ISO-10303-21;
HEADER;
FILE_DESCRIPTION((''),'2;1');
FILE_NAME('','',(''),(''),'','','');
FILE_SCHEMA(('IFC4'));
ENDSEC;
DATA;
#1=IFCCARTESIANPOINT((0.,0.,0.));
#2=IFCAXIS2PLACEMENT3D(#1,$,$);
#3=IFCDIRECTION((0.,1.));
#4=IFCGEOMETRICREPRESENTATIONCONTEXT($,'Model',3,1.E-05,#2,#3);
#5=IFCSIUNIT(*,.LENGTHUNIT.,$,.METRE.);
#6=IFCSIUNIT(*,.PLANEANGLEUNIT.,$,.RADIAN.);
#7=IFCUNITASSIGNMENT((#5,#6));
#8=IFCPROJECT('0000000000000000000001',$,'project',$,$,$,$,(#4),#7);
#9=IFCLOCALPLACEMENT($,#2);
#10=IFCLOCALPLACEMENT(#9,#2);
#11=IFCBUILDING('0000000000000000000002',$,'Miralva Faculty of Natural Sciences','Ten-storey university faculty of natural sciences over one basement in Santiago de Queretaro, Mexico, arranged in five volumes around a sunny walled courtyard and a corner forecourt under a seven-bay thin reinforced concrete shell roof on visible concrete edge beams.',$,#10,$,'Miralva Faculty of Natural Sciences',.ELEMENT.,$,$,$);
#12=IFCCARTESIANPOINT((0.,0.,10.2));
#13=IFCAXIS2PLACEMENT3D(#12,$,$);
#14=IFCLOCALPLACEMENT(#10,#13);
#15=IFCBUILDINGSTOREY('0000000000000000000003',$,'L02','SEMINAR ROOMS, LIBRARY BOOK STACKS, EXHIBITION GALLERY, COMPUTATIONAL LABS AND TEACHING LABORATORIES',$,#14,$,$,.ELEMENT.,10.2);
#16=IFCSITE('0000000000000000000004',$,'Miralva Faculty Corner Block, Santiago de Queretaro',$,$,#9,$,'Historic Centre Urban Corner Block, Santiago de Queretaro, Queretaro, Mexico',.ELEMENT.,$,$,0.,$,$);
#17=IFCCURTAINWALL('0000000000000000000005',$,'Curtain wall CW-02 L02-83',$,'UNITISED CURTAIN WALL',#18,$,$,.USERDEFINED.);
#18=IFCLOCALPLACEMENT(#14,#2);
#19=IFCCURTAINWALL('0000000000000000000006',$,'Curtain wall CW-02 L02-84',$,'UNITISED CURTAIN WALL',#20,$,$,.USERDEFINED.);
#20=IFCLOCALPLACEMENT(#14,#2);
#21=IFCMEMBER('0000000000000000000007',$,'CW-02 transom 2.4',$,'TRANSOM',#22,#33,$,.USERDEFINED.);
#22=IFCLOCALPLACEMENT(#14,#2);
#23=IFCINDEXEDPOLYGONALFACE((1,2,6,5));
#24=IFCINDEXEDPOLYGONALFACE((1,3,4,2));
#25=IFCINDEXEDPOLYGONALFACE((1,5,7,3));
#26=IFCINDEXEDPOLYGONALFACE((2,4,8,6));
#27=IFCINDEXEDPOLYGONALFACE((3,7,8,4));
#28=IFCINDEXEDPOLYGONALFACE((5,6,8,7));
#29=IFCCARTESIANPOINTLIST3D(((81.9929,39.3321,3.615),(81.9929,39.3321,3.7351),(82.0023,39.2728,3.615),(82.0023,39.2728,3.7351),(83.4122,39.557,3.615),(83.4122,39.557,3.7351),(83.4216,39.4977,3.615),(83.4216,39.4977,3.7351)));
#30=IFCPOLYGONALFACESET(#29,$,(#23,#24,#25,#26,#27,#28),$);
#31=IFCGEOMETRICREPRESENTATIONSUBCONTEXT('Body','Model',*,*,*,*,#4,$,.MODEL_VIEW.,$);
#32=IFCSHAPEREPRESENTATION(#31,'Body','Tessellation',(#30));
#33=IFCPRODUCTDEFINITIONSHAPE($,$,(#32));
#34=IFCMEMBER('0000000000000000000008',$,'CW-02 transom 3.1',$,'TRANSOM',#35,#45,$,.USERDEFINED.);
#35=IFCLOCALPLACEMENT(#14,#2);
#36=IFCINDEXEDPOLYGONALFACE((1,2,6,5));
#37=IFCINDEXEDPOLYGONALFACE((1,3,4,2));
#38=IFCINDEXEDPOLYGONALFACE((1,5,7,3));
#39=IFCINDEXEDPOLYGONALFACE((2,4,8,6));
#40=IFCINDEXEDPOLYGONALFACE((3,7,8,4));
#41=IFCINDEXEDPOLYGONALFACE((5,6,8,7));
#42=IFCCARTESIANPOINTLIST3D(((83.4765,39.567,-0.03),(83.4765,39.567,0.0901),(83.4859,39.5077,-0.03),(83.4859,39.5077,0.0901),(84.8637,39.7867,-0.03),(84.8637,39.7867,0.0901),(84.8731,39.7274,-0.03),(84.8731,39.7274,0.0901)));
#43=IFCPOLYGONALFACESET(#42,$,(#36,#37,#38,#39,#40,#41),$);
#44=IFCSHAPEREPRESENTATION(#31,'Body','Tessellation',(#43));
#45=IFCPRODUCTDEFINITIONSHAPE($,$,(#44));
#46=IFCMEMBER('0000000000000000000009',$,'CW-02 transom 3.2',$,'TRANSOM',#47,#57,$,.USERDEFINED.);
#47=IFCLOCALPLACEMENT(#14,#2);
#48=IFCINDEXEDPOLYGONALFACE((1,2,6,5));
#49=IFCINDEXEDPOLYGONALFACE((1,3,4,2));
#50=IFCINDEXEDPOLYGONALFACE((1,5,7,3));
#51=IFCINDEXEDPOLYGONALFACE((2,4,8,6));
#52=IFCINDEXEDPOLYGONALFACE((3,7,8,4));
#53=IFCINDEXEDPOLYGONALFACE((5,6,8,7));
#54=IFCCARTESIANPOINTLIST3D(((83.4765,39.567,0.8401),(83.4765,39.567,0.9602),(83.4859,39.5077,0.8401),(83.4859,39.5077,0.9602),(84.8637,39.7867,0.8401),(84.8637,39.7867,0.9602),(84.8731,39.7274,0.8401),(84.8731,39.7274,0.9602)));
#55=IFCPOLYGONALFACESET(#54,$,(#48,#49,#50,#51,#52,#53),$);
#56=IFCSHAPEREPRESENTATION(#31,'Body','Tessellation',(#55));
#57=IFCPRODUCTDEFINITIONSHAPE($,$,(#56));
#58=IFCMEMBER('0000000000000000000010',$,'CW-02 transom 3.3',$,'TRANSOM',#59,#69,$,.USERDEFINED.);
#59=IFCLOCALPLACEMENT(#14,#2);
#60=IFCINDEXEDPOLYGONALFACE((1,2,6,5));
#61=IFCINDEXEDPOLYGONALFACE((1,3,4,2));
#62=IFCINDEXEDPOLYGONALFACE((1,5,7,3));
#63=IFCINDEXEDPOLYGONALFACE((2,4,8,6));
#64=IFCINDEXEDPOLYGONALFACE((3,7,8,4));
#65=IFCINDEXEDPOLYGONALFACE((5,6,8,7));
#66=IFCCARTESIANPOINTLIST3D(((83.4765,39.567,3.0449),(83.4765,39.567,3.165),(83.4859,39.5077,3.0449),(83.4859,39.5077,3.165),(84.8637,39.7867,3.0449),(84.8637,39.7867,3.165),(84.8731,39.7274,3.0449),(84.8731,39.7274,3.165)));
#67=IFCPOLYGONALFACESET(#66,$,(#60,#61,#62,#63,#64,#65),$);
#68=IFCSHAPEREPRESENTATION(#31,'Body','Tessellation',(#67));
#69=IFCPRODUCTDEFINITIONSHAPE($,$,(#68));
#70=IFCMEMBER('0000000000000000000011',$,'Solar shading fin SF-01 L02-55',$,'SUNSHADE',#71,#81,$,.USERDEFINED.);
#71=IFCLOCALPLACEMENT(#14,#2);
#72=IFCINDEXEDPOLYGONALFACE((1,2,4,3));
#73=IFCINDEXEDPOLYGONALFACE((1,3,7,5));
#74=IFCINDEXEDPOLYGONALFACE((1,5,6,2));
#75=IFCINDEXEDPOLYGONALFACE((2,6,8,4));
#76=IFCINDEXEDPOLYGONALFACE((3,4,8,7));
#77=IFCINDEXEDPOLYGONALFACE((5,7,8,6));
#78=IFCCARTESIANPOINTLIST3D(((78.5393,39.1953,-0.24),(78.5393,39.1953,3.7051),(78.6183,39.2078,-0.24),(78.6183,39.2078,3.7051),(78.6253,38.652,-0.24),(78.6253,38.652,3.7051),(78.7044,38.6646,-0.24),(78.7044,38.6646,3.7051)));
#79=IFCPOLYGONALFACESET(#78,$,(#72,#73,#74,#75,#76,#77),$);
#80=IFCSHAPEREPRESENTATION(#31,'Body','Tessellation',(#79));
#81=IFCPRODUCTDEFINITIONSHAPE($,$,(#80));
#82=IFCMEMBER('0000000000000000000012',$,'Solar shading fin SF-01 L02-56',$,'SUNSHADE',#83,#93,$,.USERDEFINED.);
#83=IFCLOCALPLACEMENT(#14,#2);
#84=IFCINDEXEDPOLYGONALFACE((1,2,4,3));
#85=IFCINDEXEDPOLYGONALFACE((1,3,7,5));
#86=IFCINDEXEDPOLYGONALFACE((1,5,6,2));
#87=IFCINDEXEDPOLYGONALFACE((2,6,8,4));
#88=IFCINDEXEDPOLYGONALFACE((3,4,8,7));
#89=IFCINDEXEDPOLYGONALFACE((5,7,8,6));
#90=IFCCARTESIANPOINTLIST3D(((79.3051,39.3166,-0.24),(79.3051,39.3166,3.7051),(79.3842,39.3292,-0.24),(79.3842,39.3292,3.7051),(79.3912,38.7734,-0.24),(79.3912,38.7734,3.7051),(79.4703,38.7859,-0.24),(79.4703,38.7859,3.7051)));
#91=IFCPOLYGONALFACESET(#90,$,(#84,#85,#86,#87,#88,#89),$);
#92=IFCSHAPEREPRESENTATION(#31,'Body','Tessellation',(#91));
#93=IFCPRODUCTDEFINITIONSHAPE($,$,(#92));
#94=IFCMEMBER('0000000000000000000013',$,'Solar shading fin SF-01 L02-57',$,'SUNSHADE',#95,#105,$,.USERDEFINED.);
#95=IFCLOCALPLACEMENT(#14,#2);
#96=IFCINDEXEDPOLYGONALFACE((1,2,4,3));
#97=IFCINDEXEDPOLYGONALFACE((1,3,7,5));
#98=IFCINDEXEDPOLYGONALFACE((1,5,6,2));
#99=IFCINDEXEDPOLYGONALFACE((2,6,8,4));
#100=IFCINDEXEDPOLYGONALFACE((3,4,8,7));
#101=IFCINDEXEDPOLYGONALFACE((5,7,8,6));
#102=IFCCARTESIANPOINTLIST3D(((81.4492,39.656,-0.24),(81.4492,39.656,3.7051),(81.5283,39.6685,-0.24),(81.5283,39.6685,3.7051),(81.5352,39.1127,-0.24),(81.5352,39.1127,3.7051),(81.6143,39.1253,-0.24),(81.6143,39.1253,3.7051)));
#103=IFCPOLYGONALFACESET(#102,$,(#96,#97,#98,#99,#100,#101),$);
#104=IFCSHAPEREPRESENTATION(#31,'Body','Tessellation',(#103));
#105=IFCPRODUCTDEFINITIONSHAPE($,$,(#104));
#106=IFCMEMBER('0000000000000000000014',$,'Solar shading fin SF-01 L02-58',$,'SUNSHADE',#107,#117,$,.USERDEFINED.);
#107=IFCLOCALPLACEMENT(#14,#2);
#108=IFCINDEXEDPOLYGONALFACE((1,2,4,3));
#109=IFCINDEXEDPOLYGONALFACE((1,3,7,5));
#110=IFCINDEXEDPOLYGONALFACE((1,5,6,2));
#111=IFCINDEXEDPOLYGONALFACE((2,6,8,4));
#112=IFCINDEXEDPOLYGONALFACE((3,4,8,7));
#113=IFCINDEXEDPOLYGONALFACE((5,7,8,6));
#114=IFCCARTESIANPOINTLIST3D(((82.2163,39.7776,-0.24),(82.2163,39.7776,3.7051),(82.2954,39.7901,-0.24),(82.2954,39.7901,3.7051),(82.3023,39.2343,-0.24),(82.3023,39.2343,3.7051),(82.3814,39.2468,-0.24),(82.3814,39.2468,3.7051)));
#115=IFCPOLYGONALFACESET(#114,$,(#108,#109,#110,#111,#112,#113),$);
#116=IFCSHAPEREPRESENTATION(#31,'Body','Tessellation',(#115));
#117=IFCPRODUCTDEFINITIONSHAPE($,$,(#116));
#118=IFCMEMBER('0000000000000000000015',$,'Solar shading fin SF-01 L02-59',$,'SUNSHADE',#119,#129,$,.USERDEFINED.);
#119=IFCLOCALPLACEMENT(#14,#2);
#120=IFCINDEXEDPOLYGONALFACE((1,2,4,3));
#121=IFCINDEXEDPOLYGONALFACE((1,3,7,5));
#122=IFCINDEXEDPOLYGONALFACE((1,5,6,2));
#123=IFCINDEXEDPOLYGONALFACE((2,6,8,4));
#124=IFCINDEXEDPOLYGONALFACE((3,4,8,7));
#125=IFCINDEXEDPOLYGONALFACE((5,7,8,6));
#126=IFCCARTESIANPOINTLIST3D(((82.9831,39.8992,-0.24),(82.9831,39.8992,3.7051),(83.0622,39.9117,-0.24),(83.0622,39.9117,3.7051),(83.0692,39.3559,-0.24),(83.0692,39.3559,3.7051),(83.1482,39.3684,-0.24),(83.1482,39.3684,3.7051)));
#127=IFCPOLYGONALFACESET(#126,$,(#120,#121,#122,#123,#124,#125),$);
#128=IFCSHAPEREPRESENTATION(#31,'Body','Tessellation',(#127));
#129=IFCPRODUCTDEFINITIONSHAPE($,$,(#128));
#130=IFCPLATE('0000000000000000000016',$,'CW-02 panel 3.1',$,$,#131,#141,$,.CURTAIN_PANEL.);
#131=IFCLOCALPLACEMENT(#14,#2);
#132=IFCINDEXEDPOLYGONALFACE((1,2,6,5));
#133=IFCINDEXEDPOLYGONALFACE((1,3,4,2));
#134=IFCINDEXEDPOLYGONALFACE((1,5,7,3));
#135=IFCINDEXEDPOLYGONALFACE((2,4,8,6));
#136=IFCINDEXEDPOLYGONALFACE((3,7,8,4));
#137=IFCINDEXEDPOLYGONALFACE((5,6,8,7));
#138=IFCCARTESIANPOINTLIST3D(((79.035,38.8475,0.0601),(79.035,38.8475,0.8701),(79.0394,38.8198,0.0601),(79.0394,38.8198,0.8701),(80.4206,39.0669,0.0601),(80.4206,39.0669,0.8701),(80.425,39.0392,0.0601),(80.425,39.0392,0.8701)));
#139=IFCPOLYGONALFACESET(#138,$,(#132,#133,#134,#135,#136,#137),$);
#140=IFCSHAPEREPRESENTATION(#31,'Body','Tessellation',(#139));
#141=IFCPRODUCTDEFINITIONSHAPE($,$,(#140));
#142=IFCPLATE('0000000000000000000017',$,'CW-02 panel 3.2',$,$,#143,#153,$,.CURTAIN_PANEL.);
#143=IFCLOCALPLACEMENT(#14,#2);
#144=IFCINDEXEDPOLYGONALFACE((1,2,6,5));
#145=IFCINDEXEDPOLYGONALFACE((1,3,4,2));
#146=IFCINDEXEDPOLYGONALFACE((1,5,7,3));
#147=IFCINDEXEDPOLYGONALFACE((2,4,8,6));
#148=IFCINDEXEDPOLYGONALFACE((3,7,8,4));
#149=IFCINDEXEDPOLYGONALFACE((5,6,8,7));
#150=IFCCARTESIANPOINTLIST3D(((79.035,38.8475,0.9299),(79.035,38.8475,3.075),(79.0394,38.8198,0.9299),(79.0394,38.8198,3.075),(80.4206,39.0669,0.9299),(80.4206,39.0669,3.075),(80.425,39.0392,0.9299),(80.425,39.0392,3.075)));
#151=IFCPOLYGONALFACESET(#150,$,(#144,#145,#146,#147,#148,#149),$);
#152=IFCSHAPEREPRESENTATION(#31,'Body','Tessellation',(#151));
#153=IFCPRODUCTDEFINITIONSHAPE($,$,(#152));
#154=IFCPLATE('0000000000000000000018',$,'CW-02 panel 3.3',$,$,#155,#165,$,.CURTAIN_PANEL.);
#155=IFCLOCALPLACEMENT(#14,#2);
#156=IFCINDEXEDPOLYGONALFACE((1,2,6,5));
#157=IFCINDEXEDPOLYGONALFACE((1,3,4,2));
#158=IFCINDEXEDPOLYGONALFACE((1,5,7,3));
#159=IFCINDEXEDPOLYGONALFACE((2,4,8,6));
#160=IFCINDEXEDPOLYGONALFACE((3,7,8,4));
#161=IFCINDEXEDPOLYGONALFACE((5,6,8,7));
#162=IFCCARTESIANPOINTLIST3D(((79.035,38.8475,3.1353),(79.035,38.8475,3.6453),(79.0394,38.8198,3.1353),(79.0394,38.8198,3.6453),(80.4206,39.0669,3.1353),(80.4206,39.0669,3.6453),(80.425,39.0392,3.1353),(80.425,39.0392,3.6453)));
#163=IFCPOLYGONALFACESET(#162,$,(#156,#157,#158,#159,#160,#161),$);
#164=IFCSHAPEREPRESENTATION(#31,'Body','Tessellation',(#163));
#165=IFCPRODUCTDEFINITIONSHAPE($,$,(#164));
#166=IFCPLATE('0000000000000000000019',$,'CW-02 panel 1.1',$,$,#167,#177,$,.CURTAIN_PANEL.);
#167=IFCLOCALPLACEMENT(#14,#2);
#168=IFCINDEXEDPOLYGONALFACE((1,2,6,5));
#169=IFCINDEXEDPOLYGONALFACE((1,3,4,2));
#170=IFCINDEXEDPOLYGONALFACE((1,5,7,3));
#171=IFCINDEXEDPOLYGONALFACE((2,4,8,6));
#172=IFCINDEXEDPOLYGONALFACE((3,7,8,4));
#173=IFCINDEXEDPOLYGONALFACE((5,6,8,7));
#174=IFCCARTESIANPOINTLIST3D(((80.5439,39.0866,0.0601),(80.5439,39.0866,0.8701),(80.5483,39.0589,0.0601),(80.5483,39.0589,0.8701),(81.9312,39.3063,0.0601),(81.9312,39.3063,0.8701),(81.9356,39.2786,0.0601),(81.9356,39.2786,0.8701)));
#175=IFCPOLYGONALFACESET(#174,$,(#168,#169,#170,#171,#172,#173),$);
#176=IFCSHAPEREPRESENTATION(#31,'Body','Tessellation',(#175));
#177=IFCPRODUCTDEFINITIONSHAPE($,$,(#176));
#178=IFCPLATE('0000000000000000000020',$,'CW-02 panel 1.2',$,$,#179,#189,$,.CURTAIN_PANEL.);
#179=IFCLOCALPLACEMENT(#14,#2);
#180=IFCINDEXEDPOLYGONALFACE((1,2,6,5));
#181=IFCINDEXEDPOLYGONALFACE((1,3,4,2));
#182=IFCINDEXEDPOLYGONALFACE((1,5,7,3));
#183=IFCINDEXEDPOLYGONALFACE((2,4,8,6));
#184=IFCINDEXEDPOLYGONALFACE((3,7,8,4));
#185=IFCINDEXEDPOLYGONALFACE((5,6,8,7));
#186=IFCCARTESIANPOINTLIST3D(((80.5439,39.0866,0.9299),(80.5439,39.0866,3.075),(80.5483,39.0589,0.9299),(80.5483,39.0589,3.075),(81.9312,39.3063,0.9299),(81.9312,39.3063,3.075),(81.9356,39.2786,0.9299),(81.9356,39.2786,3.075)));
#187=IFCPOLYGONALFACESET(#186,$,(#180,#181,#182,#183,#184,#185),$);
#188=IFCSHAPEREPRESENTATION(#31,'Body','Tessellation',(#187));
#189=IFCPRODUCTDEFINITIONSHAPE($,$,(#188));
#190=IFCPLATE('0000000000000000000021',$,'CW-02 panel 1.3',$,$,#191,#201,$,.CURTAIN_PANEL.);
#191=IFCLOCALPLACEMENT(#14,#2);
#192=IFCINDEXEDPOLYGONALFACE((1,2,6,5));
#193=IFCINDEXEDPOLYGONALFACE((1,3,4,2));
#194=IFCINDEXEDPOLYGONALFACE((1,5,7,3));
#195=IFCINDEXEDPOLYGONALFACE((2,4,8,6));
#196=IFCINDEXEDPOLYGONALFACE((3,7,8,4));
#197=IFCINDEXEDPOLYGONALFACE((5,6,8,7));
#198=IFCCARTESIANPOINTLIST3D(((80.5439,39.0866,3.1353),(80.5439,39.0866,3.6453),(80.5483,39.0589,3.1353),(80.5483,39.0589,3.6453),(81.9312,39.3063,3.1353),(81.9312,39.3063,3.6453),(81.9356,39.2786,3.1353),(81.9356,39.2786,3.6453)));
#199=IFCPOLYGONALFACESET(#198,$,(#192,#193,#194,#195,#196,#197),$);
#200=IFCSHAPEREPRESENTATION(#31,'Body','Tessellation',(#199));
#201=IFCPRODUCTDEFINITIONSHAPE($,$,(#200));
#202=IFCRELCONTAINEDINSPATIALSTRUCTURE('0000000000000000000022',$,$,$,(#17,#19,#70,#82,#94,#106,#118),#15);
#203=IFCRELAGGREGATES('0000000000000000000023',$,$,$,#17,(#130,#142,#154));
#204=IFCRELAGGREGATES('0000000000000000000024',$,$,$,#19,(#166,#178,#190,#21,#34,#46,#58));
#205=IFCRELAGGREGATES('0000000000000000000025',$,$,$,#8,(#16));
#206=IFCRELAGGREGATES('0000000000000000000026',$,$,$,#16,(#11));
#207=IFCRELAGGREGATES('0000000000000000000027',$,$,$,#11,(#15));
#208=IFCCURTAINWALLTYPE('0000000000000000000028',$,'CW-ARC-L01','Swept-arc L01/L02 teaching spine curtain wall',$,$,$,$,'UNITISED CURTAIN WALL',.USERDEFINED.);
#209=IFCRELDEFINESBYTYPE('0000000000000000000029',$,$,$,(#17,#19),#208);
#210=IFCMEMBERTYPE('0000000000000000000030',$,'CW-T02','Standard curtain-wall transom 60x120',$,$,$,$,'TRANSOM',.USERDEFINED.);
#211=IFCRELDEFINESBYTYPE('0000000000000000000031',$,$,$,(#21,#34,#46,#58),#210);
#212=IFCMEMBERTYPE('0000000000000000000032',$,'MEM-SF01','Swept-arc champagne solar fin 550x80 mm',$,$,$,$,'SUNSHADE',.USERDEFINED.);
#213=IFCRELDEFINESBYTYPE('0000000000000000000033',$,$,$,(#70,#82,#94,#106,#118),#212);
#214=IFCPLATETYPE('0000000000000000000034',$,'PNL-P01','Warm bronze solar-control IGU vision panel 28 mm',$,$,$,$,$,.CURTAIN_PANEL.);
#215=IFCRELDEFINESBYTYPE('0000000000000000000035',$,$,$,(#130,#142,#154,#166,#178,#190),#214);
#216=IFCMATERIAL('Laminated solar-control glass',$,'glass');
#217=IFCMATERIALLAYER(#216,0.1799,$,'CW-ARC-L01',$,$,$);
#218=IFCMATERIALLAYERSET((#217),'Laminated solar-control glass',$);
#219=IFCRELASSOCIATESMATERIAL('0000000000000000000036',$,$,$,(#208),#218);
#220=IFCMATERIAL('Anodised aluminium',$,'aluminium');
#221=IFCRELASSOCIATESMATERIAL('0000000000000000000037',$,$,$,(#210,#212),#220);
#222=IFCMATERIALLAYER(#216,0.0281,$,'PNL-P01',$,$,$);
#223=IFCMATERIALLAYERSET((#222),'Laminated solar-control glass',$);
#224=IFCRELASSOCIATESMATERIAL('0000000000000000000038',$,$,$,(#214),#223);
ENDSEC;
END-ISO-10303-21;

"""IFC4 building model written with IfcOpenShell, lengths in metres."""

from ifc_helpers import new_model, si_unit, direction, frame, origin, origin_2d, place, context, subcontext, project, spatial, rectangle, extrude, material, layer, layer_set, material_profile, profile_set, type_object, element, aggregate, save


model = new_model("IFC4")

# Units and contexts
model_context = context("Model", 3, precision=1e-05, world=origin(), true_north=direction((0.0, 1.0)))
body_context = subcontext(model_context, "Body", "Model", "MODEL_VIEW")
ifc_project = project(units=[si_unit("LENGTHUNIT", "METRE"), si_unit("PLANEANGLEUNIT", "RADIAN")], contexts=[model_context])

# Site, building, storey
site_placement = place(None, origin())
site = spatial("IfcSite", under=ifc_project, at=site_placement, Name="Miralva Faculty Corner Block, Santiago de Queretaro", LongName="Historic Centre Urban Corner Block, Santiago de Queretaro, Queretaro, Mexico", CompositionType="ELEMENT", RefElevation=0.0)
building_placement = place(site_placement, origin())
building = spatial("IfcBuilding", under=site, at=building_placement, Name="Miralva Faculty of Natural Sciences", Description="Ten-storey university faculty of natural sciences over one basement in Santiago de Queretaro, Mexico, arranged in five volumes around a sunny walled courtyard and a corner forecourt under a seven-bay thin reinforced concrete shell roof on visible concrete edge beams.", LongName="Miralva Faculty of Natural Sciences", CompositionType="ELEMENT")
storey_placement = place(building_placement, frame((0.0, 0.0, 10.2)))
storey = spatial("IfcBuildingStorey", under=building, at=storey_placement, Name="L02", Description="SEMINAR ROOMS, LIBRARY BOOK STACKS, EXHIBITION GALLERY, COMPUTATIONAL LABS AND TEACHING LABORATORIES", CompositionType="ELEMENT", Elevation=10.2)

# Curtain wall
ifc_material_1 = material(Name="Laminated solar-control glass", Category="glass")
ifc_layer_1 = layer(ifc_material_1, 0.1799, Name="CW-ARC-L01")
ifc_layer_set_1 = layer_set([ifc_layer_1], Name="Laminated solar-control glass")
curtain_wall_type = type_object("IfcCurtainWallType", Name="CW-ARC-L01", Description="Swept-arc L01/L02 teaching spine curtain wall", ElementType="UNITISED CURTAIN WALL", PredefinedType="USERDEFINED", material=ifc_layer_set_1)
curtain_wall_1_placement = place(storey_placement, origin())
curtain_wall_1 = element("IfcCurtainWall", 1, at=curtain_wall_1_placement, inside=storey, type_object=curtain_wall_type, Name="Curtain wall CW-02 L02-83", ObjectType="UNITISED CURTAIN WALL", PredefinedType="USERDEFINED")
ifc_material_2 = material(Name="Anodised aluminium", Category="aluminium")

# Curtain wall
curtain_wall_2_placement = place(storey_placement, origin())
curtain_wall_2 = element("IfcCurtainWall", 2, at=curtain_wall_2_placement, inside=storey, type_object=curtain_wall_type, Name="Curtain wall CW-02 L02-84", ObjectType="UNITISED CURTAIN WALL", PredefinedType="USERDEFINED")

# Members
ifc_material_profile_1 = material_profile(ifc_material_2, rectangle(XDim=0.0601, YDim=0.1201, at=origin_2d()), Name="TRANSOM 60x120")
ifc_profile_set_1 = profile_set([ifc_material_profile_1], Name="Anodised aluminium")
member_type_1 = type_object("IfcMemberType", Name="CW-T02", Description="Standard curtain-wall transom 60x120", ElementType="TRANSOM", PredefinedType="USERDEFINED", material=ifc_profile_set_1)
member_1_placement = place(storey_placement, frame((81.9976, 39.3025, 3.675), z_axis=(0.987684, 0.15646, 0.0), x_axis=(-0.15646, 0.987684, 0.0)))
member_1 = element("IfcMember", 3, at=member_1_placement, type_object=member_type_1, Name="CW-02 transom 2.4", ObjectType="TRANSOM", PredefinedType="USERDEFINED", context=body_context, shape_type="SweptSolid", body=[
    extrude(rectangle(XDim=0.0601, YDim=0.1201, at=origin_2d()), origin(), (0.0, 0.0, 1.0), 1.437),
])
member_2_placement = place(storey_placement, frame((83.4812, 39.5374, 0.03), z_axis=(0.987687, 0.156445, 0.0), x_axis=(-0.156445, 0.987687, 0.0)))
member_2 = element("IfcMember", 4, at=member_2_placement, type_object=member_type_1, Name="CW-02 transom 3.1", ObjectType="TRANSOM", PredefinedType="USERDEFINED", context=body_context, shape_type="SweptSolid", body=[
    extrude(rectangle(XDim=0.0601, YDim=0.1201, at=origin_2d()), origin(), (0.0, 0.0, 1.0), 1.4045),
])
member_3_placement = place(storey_placement, frame((83.4812, 39.5374, 0.9001), z_axis=(0.987687, 0.156445, 0.0), x_axis=(-0.156445, 0.987687, 0.0)))
member_3 = element("IfcMember", 5, at=member_3_placement, type_object=member_type_1, Name="CW-02 transom 3.2", ObjectType="TRANSOM", PredefinedType="USERDEFINED", context=body_context, shape_type="SweptSolid", body=[
    extrude(rectangle(XDim=0.0601, YDim=0.1201, at=origin_2d()), origin(), (0.0, 0.0, 1.0), 1.4045),
])
member_4_placement = place(storey_placement, frame((83.4812, 39.5374, 3.105), z_axis=(0.987687, 0.156445, 0.0), x_axis=(-0.156445, 0.987687, 0.0)))
member_4 = element("IfcMember", 6, at=member_4_placement, type_object=member_type_1, Name="CW-02 transom 3.3", ObjectType="TRANSOM", PredefinedType="USERDEFINED", context=body_context, shape_type="SweptSolid", body=[
    extrude(rectangle(XDim=0.0601, YDim=0.1201, at=origin_2d()), origin(), (0.0, 0.0, 1.0), 1.4045),
])

# Members
ifc_material_profile_2 = material_profile(ifc_material_2, rectangle(XDim=0.0801, YDim=0.55, at=origin_2d()), Name="FIN 550x80")
ifc_profile_set_2 = profile_set([ifc_material_profile_2], Name="Anodised aluminium")
member_type_2 = type_object("IfcMemberType", Name="MEM-SF01", Description="Swept-arc champagne solar fin 550x80 mm", ElementType="SUNSHADE", PredefinedType="USERDEFINED", material=ifc_profile_set_2)
for number, where, z_axis, x_axis, name in (
    (7, (78.6218, 38.9299, -0.24), (0.0, 0.0, 1.0), (-0.987688, -0.156434, 0.0), "Solar shading fin SF-01 L02-55"),
    (8, (79.3877, 39.0513, -0.24), (0.0, 0.0, 1.0), (-0.987688, -0.156434, 0.0), "Solar shading fin SF-01 L02-56"),
    (9, (81.5317, 39.3906, -0.24), (0.0, 0.0, 1.0), (-0.987688, -0.156434, 0.0), "Solar shading fin SF-01 L02-57"),
    (10, (82.2988, 39.5122, -0.24), (0.0, 0.0, 1.0), (-0.987688, -0.156434, 0.0), "Solar shading fin SF-01 L02-58"),
    (11, (83.0657, 39.6338, -0.24), (0.0, 0.0, 1.0), (-0.987688, -0.156434, 0.0), "Solar shading fin SF-01 L02-59"),
):
    element("IfcMember", number, at=place(storey_placement, frame(where, z_axis=z_axis, x_axis=x_axis)), inside=storey, type_object=member_type_2, Name=name, ObjectType="SUNSHADE", PredefinedType="USERDEFINED", context=body_context, shape_type="SweptSolid", body=[
        extrude(rectangle(XDim=0.0801, YDim=0.55, at=origin_2d()), origin(), (0.0, 0.0, 1.0), 3.9451),
    ])

# Plates
ifc_layer_2 = layer(ifc_material_1, 0.0281, Name="PNL-P01")
ifc_layer_set_2 = layer_set([ifc_layer_2], Name="Laminated solar-control glass")
plate_type = type_object("IfcPlateType", Name="PNL-P01", Description="Warm bronze solar-control IGU vision panel 28 mm", PredefinedType="CURTAIN_PANEL", material=ifc_layer_set_2)
plate_1_placement = place(storey_placement, frame((79.73, 38.9434, 0.0601), z_axis=(0.0, 0.0, 1.0), x_axis=(0.987689, 0.156431, 0.0)))
plate_1 = element("IfcPlate", 12, at=plate_1_placement, type_object=plate_type, Name="CW-02 panel 3.1", PredefinedType="CURTAIN_PANEL", context=body_context, shape_type="SweptSolid", body=[
    extrude(rectangle(XDim=1.4028, YDim=0.0281, at=origin_2d()), origin(), (0.0, 0.0, 1.0), 0.8101),
])
plate_2_placement = place(storey_placement, frame((79.73, 38.9434, 0.9299), z_axis=(0.0, 0.0, 1.0), x_axis=(0.987689, 0.156431, 0.0)))
plate_2 = element("IfcPlate", 13, at=plate_2_placement, type_object=plate_type, Name="CW-02 panel 3.2", PredefinedType="CURTAIN_PANEL", context=body_context, shape_type="SweptSolid", body=[
    extrude(rectangle(XDim=1.4028, YDim=0.0281, at=origin_2d()), origin(), (0.0, 0.0, 1.0), 2.145),
])
plate_3_placement = place(storey_placement, frame((79.73, 38.9434, 3.1353), z_axis=(0.0, 0.0, 1.0), x_axis=(0.987689, 0.156431, 0.0)))
plate_3 = element("IfcPlate", 14, at=plate_3_placement, type_object=plate_type, Name="CW-02 panel 3.3", PredefinedType="CURTAIN_PANEL", context=body_context, shape_type="SweptSolid", body=[
    extrude(rectangle(XDim=1.4028, YDim=0.0281, at=origin_2d()), origin(), (0.0, 0.0, 1.0), 0.51),
])
aggregate(curtain_wall_1, [plate_1, plate_2, plate_3])
plate_4_placement = place(storey_placement, frame((81.2397, 39.1826, 0.0601), z_axis=(0.0, 0.0, 1.0), x_axis=(0.987691, 0.156415, 0.0)))
plate_4 = element("IfcPlate", 15, at=plate_4_placement, type_object=plate_type, Name="CW-02 panel 1.1", PredefinedType="CURTAIN_PANEL", context=body_context, shape_type="SweptSolid", body=[
    extrude(rectangle(XDim=1.4045, YDim=0.0281, at=origin_2d()), origin(), (0.0, 0.0, 1.0), 0.8101),
])
plate_5_placement = place(storey_placement, frame((81.2397, 39.1826, 0.9299), z_axis=(0.0, 0.0, 1.0), x_axis=(0.987691, 0.156415, 0.0)))
plate_5 = element("IfcPlate", 16, at=plate_5_placement, type_object=plate_type, Name="CW-02 panel 1.2", PredefinedType="CURTAIN_PANEL", context=body_context, shape_type="SweptSolid", body=[
    extrude(rectangle(XDim=1.4045, YDim=0.0281, at=origin_2d()), origin(), (0.0, 0.0, 1.0), 2.145),
])
plate_6_placement = place(storey_placement, frame((81.2397, 39.1826, 3.1353), z_axis=(0.0, 0.0, 1.0), x_axis=(0.987691, 0.156415, 0.0)))
plate_6 = element("IfcPlate", 17, at=plate_6_placement, type_object=plate_type, Name="CW-02 panel 1.3", PredefinedType="CURTAIN_PANEL", context=body_context, shape_type="SweptSolid", body=[
    extrude(rectangle(XDim=1.4045, YDim=0.0281, at=origin_2d()), origin(), (0.0, 0.0, 1.0), 0.51),
])
aggregate(curtain_wall_2, [plate_4, plate_5, plate_6, member_1, member_2, member_3, member_4])

save(model, "model.ifc")
